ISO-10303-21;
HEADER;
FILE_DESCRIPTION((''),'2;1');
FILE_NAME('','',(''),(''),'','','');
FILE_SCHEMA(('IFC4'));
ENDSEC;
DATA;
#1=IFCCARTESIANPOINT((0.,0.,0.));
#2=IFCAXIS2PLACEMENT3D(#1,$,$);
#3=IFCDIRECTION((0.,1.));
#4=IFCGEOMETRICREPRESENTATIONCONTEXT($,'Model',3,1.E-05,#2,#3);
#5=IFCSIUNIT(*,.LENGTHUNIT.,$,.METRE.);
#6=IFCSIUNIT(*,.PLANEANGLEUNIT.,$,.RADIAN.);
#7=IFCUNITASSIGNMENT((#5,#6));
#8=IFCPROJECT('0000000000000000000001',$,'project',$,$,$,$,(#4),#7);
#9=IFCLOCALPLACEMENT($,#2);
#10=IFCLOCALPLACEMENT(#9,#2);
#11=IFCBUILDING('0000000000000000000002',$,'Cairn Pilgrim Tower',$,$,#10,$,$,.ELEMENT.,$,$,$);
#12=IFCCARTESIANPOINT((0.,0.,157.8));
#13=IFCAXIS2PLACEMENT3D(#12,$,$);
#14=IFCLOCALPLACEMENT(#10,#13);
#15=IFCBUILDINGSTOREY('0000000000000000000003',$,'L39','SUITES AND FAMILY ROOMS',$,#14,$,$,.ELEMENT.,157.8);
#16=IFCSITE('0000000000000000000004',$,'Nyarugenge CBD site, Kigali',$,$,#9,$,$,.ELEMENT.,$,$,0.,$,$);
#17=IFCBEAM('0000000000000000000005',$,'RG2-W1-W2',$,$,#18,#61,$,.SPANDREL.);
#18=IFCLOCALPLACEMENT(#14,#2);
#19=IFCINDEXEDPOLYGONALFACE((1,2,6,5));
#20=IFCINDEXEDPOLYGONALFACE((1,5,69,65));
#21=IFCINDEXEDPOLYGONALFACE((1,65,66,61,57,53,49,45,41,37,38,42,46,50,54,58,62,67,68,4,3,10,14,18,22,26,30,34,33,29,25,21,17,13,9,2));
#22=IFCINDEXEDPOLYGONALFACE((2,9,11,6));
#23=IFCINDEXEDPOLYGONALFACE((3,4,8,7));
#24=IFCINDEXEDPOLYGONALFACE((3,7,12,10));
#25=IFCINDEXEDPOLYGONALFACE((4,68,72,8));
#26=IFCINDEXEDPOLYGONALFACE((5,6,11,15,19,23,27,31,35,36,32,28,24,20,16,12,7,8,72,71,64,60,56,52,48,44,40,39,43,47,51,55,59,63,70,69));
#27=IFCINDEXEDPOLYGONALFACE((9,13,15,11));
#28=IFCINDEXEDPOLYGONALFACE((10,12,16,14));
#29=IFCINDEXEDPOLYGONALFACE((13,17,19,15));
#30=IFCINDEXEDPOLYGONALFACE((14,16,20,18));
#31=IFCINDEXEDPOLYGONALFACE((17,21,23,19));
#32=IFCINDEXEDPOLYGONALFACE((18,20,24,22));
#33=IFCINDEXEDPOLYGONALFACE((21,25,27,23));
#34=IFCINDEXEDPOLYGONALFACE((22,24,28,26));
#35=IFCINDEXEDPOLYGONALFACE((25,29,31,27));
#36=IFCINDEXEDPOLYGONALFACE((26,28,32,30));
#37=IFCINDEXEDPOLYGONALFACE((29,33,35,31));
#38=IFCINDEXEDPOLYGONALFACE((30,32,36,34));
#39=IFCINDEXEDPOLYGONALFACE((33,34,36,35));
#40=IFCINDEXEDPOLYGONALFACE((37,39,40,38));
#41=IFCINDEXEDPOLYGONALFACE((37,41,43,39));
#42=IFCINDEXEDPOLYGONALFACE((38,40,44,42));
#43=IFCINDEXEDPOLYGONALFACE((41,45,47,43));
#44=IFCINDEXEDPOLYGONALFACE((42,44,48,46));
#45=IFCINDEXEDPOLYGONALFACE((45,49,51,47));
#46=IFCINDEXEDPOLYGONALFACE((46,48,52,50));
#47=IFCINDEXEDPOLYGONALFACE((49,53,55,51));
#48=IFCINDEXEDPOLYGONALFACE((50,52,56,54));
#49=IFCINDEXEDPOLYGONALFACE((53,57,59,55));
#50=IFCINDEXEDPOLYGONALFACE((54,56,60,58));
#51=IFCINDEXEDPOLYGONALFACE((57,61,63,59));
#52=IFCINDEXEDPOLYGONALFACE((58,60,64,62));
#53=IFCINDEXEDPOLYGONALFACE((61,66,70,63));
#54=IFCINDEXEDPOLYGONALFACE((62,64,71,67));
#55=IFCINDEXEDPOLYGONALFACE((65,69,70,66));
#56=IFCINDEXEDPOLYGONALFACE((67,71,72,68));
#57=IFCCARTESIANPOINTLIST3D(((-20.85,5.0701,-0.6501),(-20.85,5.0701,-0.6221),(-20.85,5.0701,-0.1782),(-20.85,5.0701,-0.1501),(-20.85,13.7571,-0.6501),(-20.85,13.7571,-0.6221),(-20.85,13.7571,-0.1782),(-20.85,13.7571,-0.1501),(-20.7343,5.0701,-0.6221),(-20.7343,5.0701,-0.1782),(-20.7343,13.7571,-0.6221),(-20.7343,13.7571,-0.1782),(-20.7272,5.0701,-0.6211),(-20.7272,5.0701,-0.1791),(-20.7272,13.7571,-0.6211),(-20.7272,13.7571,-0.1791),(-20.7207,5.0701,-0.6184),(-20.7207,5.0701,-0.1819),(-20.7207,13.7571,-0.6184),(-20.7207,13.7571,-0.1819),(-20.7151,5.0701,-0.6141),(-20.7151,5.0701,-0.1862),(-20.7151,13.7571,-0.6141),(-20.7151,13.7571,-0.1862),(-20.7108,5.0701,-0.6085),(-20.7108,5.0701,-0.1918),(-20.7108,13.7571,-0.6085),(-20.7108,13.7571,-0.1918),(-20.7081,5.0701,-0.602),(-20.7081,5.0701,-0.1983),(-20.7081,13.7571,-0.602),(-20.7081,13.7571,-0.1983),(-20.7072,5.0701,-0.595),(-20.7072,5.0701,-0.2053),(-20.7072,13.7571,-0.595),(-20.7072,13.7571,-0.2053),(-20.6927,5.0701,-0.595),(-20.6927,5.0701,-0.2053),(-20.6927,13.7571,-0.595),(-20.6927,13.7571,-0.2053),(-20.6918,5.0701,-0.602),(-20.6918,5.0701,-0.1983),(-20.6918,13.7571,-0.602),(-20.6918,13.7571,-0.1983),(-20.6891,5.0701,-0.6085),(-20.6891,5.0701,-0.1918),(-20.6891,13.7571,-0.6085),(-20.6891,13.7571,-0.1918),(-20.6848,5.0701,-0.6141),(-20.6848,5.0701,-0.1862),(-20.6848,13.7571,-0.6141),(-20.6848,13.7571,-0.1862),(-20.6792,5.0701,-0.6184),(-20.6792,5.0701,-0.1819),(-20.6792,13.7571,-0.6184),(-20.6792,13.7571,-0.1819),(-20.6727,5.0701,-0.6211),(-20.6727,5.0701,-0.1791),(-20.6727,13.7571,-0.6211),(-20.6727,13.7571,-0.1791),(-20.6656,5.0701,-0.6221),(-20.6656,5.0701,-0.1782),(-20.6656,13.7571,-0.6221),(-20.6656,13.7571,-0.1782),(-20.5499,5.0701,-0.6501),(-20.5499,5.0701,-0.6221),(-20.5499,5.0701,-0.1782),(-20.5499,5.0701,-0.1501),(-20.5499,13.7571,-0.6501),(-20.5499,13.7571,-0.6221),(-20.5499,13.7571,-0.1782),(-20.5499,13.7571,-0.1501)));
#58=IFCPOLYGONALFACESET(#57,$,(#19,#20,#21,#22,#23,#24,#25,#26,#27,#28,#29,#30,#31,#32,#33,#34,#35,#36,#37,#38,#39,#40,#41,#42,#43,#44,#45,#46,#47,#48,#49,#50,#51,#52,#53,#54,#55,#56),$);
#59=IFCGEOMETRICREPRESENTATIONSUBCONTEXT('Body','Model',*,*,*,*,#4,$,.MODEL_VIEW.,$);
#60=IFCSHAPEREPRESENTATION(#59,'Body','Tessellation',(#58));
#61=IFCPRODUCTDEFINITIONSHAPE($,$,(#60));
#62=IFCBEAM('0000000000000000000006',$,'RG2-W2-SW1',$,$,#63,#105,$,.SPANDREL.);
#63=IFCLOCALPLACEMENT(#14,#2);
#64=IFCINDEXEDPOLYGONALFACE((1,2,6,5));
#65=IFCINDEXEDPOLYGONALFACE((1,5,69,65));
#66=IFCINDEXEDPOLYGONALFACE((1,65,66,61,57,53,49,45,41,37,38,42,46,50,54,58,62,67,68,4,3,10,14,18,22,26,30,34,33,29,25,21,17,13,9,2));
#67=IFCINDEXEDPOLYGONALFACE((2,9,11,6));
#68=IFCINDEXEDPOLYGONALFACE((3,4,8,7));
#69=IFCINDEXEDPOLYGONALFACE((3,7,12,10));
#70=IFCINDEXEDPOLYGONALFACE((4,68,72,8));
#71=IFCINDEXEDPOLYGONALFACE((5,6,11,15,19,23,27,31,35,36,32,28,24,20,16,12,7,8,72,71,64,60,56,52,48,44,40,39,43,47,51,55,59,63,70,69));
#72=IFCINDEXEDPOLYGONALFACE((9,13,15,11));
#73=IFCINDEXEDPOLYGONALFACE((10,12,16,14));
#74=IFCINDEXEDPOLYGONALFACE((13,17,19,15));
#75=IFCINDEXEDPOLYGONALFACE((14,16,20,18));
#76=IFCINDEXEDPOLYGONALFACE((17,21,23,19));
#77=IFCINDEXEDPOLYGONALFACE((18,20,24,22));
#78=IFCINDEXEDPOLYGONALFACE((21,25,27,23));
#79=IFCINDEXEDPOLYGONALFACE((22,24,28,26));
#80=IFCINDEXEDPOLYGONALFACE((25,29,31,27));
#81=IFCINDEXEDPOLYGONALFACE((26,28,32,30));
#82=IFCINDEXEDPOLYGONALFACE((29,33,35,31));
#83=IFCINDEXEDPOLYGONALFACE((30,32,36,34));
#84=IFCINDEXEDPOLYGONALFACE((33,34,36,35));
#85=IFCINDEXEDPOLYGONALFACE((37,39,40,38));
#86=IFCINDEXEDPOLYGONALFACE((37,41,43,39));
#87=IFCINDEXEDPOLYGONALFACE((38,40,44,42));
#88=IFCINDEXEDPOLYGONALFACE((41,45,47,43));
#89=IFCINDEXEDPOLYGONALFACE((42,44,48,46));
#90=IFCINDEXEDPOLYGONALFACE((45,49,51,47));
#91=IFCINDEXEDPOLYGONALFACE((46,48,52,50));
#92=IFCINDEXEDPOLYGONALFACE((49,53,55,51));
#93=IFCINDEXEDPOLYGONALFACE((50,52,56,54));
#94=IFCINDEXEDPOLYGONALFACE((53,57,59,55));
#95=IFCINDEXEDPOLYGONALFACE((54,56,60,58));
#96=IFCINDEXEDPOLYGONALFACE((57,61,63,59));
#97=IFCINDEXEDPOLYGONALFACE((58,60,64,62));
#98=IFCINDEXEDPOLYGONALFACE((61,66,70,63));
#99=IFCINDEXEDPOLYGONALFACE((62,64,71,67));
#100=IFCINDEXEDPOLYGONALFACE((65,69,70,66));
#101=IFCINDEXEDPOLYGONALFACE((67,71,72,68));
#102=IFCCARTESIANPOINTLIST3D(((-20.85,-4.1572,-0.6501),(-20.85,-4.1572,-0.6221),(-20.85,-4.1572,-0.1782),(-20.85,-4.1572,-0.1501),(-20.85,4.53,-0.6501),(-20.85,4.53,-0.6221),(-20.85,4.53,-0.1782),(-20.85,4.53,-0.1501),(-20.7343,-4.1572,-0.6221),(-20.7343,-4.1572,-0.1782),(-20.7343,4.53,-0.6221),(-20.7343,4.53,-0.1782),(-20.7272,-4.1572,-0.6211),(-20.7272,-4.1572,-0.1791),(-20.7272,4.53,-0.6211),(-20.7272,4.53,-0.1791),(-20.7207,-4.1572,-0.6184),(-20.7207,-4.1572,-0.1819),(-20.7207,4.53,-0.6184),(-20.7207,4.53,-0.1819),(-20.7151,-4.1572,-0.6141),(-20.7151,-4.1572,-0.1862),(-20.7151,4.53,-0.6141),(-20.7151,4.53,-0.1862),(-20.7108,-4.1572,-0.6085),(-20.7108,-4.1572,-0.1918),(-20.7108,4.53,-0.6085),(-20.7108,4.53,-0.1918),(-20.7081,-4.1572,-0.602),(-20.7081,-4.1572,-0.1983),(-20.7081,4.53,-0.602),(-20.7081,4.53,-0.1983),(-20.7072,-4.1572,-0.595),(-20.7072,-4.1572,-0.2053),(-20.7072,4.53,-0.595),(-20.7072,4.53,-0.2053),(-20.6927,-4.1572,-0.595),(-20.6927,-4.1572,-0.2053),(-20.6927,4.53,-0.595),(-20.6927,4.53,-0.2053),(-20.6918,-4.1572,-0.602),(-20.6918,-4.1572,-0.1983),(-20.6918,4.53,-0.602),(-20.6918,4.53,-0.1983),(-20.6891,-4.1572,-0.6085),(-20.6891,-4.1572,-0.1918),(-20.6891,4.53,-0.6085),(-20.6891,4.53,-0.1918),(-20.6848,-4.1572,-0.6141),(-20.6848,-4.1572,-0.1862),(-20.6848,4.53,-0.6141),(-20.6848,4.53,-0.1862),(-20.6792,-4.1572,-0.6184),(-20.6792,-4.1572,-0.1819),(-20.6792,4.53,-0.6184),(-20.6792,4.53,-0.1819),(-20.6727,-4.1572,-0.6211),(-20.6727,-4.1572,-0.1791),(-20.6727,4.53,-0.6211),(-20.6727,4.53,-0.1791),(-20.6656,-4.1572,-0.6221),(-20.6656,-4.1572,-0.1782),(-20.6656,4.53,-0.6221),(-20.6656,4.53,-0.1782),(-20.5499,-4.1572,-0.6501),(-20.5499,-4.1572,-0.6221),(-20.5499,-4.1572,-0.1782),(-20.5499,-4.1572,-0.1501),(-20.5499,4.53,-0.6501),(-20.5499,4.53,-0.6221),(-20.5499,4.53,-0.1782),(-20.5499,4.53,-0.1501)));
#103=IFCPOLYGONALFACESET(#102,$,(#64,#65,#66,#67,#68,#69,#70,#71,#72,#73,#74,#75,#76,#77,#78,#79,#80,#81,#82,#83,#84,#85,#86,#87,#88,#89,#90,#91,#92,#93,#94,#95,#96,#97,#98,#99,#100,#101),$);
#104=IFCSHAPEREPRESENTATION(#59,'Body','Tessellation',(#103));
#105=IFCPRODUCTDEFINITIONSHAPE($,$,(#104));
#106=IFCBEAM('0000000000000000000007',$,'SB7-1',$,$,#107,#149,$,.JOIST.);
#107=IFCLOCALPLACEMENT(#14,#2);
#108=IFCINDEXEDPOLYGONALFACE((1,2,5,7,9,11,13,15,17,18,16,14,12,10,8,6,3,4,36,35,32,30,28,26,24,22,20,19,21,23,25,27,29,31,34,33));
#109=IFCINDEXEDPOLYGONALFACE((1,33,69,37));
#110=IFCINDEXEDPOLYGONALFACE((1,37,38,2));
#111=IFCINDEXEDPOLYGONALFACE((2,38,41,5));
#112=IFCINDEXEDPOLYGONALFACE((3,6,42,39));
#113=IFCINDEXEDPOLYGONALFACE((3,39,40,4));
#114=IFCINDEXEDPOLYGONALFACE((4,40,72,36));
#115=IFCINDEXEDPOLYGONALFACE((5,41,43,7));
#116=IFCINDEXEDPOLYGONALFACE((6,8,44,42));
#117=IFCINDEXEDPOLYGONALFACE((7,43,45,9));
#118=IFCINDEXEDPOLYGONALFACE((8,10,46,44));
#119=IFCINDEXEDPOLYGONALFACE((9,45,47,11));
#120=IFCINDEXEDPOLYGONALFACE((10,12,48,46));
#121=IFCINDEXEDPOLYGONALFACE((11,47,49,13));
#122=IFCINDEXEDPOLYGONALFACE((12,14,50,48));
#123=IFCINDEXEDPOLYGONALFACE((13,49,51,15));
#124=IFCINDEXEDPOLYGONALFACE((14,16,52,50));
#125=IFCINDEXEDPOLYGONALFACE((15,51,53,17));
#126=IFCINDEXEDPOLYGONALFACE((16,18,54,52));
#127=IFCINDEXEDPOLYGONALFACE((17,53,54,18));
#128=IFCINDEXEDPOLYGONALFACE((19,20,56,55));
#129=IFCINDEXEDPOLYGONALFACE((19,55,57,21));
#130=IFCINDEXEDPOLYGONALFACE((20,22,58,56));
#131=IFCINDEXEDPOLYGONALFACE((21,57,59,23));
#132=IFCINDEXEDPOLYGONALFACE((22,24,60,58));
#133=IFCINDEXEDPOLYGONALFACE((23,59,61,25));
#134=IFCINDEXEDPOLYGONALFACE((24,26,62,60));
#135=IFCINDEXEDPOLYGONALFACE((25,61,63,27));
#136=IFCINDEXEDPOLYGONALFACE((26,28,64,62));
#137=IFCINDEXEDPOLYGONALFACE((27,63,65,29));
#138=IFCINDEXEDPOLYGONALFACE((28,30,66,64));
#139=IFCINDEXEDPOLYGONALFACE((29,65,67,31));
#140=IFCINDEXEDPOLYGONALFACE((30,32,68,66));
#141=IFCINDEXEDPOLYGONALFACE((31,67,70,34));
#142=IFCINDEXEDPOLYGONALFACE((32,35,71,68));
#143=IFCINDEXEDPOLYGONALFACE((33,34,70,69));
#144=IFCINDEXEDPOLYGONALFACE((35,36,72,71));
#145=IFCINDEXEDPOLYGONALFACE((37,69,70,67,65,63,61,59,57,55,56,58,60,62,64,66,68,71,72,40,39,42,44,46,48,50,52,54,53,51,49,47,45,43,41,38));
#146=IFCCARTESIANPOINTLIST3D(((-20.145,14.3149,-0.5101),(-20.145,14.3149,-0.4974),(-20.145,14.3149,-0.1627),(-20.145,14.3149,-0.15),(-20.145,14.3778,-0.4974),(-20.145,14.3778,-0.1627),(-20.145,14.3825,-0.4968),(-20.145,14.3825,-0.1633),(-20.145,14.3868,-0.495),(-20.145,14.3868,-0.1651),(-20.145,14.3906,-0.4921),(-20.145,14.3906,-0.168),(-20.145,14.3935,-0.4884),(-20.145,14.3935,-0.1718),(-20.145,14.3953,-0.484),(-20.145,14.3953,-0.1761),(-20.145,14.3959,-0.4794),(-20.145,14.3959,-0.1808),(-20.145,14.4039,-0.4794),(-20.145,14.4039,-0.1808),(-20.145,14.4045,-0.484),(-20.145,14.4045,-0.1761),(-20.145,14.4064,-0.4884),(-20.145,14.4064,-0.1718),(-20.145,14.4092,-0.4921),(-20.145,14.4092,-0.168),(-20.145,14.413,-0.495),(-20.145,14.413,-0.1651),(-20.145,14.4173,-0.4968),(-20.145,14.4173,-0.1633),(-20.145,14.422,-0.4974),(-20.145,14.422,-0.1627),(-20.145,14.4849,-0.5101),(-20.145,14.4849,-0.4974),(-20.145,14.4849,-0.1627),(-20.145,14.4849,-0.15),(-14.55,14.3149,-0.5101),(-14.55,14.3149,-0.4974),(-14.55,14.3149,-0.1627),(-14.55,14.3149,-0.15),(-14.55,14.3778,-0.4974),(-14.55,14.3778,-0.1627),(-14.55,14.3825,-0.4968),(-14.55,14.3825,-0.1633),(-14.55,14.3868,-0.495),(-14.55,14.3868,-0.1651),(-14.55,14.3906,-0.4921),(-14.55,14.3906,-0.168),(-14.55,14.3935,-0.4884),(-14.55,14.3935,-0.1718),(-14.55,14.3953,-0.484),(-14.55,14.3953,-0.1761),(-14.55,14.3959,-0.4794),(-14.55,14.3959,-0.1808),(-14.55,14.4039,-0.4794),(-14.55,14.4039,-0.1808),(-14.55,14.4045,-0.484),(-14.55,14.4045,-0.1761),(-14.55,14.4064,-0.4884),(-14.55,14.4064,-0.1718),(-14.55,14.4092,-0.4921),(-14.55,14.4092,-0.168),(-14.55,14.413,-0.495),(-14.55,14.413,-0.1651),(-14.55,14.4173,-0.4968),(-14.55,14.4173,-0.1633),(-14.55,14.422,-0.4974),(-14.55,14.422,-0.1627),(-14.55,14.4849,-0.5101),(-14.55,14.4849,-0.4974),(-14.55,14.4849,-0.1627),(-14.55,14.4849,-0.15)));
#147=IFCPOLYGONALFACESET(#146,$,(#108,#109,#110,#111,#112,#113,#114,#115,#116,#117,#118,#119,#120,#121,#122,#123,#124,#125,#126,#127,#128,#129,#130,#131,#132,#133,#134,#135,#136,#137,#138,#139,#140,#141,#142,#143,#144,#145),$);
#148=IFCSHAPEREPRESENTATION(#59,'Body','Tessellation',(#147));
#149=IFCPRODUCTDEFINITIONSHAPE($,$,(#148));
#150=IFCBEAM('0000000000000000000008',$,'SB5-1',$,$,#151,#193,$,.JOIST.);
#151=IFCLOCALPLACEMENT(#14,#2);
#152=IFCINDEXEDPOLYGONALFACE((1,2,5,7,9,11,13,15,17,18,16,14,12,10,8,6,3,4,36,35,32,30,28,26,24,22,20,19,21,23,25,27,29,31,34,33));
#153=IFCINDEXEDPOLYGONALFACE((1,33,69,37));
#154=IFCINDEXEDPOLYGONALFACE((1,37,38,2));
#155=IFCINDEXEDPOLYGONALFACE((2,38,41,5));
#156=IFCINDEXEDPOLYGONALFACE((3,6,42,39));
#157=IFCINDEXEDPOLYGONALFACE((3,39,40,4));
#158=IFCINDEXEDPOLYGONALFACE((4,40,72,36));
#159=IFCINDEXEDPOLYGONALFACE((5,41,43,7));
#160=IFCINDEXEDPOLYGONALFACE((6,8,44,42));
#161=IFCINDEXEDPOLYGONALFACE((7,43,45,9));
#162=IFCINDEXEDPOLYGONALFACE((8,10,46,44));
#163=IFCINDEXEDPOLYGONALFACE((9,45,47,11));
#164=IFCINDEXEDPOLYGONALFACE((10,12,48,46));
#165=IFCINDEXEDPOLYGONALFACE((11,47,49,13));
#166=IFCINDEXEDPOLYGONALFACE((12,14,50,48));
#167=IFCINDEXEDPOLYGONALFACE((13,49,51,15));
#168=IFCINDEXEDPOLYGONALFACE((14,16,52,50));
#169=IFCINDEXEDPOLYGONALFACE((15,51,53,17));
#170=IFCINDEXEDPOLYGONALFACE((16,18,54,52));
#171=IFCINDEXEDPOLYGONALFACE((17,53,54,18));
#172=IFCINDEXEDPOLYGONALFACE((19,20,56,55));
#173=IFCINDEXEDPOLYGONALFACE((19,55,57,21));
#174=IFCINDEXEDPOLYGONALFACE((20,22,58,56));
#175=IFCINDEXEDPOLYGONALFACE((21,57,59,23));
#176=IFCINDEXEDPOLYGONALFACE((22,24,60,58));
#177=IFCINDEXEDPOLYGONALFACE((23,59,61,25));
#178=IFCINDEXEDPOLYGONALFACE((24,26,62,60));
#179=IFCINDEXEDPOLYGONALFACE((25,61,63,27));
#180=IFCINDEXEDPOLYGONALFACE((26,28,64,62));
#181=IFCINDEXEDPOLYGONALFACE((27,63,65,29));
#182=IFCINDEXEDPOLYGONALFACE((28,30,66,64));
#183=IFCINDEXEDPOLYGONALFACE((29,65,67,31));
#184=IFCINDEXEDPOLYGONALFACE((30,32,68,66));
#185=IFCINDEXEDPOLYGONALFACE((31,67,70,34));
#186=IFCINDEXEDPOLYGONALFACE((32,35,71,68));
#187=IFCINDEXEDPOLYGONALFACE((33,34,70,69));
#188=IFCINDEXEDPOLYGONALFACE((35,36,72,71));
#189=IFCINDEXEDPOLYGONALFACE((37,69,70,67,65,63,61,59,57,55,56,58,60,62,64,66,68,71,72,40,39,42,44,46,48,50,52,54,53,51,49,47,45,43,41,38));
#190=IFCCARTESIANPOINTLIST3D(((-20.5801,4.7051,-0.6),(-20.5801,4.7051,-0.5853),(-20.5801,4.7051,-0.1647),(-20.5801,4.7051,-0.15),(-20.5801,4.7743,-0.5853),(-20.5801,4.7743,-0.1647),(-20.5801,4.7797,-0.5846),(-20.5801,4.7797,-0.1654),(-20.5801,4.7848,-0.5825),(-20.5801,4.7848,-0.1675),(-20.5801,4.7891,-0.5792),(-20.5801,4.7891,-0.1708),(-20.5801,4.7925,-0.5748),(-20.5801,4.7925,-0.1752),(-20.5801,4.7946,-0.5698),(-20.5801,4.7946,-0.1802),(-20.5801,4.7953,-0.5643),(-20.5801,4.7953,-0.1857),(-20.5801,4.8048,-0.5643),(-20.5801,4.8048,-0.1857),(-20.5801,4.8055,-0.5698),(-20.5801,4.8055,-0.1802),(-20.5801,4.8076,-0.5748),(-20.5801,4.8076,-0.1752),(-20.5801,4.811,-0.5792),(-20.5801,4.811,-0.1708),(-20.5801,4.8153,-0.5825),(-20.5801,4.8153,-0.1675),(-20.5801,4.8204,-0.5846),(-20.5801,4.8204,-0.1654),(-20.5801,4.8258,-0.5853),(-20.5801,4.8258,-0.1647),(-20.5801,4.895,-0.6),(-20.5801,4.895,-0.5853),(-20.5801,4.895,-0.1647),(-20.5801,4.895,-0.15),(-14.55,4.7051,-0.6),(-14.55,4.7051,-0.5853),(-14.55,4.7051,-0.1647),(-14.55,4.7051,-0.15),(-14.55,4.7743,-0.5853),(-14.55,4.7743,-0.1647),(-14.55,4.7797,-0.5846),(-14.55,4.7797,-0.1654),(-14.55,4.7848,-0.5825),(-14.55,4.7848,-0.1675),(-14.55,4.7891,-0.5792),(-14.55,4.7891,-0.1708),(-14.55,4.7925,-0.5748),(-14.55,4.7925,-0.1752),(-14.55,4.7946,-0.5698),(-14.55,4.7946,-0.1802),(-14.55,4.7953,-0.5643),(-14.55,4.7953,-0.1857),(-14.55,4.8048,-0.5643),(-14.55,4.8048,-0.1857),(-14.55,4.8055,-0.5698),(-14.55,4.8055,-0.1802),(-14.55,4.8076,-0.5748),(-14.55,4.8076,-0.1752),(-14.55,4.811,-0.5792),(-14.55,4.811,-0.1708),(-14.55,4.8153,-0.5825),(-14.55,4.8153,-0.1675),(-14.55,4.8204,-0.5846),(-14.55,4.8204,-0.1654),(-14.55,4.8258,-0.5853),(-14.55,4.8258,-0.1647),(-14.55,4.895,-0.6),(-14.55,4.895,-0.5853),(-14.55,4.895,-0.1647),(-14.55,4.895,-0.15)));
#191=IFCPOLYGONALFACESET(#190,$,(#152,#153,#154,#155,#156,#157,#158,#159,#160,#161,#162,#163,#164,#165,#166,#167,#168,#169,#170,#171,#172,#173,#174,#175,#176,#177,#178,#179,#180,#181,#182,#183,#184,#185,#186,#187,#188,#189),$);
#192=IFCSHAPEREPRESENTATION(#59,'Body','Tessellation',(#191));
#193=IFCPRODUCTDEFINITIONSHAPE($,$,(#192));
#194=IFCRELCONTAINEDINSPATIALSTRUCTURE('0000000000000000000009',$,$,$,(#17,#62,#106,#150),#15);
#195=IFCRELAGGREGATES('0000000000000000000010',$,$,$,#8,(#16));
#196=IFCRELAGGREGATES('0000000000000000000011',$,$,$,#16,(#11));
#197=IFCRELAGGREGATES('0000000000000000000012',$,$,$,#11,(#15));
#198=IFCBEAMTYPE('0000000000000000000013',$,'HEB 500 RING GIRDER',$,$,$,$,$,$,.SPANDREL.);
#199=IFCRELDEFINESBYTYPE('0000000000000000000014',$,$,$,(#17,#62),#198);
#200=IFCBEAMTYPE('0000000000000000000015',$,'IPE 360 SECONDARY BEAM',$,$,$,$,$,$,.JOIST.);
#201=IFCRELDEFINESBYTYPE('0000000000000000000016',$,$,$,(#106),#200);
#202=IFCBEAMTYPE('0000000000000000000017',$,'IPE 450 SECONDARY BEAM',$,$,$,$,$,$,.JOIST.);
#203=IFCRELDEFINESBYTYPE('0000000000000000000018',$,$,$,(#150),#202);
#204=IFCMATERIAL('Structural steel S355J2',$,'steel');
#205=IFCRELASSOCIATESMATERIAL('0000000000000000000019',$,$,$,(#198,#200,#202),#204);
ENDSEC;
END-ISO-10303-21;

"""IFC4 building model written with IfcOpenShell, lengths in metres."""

from ifc_helpers import new_model, si_unit, direction, frame, origin, origin_2d, place, context, subcontext, project, spatial, i_section, extrude, material, material_profile, profile_set, type_object, element, save


model = new_model("IFC4")

# Units and contexts
model_context = context("Model", 3, precision=1e-05, world=origin(), true_north=direction((0.0, 1.0)))
body_context = subcontext(model_context, "Body", "Model", "MODEL_VIEW")
ifc_project = project(units=[si_unit("LENGTHUNIT", "METRE"), si_unit("PLANEANGLEUNIT", "RADIAN")], contexts=[model_context])

# Site, building, storey
site_placement = place(None, origin())
site = spatial("IfcSite", under=ifc_project, at=site_placement, Name="Nyarugenge CBD site, Kigali", CompositionType="ELEMENT", RefElevation=0.0)
building_placement = place(site_placement, origin())
building = spatial("IfcBuilding", under=site, at=building_placement, Name="Cairn Pilgrim Tower", CompositionType="ELEMENT")
storey_placement = place(building_placement, frame((0.0, 0.0, 157.8)))
storey = spatial("IfcBuildingStorey", under=building, at=storey_placement, Name="L39", Description="SUITES AND FAMILY ROOMS", CompositionType="ELEMENT", Elevation=157.8)

# Shared definitions
ifc_material_1 = material(Name="Structural steel S355J2", Category="steel")

# Beams
ifc_material_profile_1 = material_profile(ifc_material_1, i_section(OverallWidth=0.3, OverallDepth=0.5, WebThickness=0.0144, FlangeThickness=0.0281, FilletRadius=0.0271, at=origin_2d()), Name="HEB 500")
ifc_profile_set_1 = profile_set([ifc_material_profile_1], Name="Structural steel S355J2")
beam_type_1 = type_object("IfcBeamType", Name="HEB 500 RING GIRDER", PredefinedType="SPANDREL", material=ifc_profile_set_1)
beam_1_placement = place(storey_placement, frame((-20.7, 13.7571, -0.4001), z_axis=(0.0, -1.0, 0.0), x_axis=(1.0, 0.0, 0.0)))
element("IfcBeam", 1, at=beam_1_placement, inside=storey, type_object=beam_type_1, Name="RG2-W1-W2", PredefinedType="SPANDREL", context=body_context, shape_type="SweptSolid", body=[
    extrude(i_section(OverallWidth=0.3, OverallDepth=0.5, WebThickness=0.0144, FlangeThickness=0.0281, FilletRadius=0.0271, at=origin_2d()), origin(), (0.0, 0.0, 1.0), 8.687),
])
beam_2_placement = place(storey_placement, frame((-20.7, 4.53, -0.4001), z_axis=(0.0, -1.0, 0.0), x_axis=(1.0, 0.0, 0.0)))
element("IfcBeam", 2, at=beam_2_placement, inside=storey, type_object=beam_type_1, Name="RG2-W2-SW1", PredefinedType="SPANDREL", context=body_context, shape_type="SweptSolid", body=[
    extrude(i_section(OverallWidth=0.3, OverallDepth=0.5, WebThickness=0.0144, FlangeThickness=0.0281, FilletRadius=0.0271, at=origin_2d()), origin(), (0.0, 0.0, 1.0), 8.6873),
])
ifc_material_profile_2 = material_profile(ifc_material_1, i_section(OverallWidth=0.1699, OverallDepth=0.3601, WebThickness=0.0081, FlangeThickness=0.0127, FilletRadius=0.0181, at=origin_2d()), Name="IPE 360")
ifc_profile_set_2 = profile_set([ifc_material_profile_2], Name="Structural steel S355J2")
beam_type_2 = type_object("IfcBeamType", Name="IPE 360 SECONDARY BEAM", PredefinedType="JOIST", material=ifc_profile_set_2)
beam_3_placement = place(storey_placement, frame((-20.145, 14.3999, -0.3301), z_axis=(1.0, 0.0, 0.0), x_axis=(0.0, 1.0, 0.0)))
element("IfcBeam", 3, at=beam_3_placement, inside=storey, type_object=beam_type_2, Name="SB7-1", PredefinedType="JOIST", context=body_context, shape_type="SweptSolid", body=[
    extrude(i_section(OverallWidth=0.1699, OverallDepth=0.3601, WebThickness=0.0081, FlangeThickness=0.0127, FilletRadius=0.0181, at=origin_2d()), origin(), (0.0, 0.0, 1.0), 5.595),
])
ifc_material_profile_3 = material_profile(ifc_material_1, i_section(OverallWidth=0.1899, OverallDepth=0.45, WebThickness=0.0095, FlangeThickness=0.0146, FilletRadius=0.021, at=origin_2d()), Name="IPE 450")
ifc_profile_set_3 = profile_set([ifc_material_profile_3], Name="Structural steel S355J2")
beam_type_3 = type_object("IfcBeamType", Name="IPE 450 SECONDARY BEAM", PredefinedType="JOIST", material=ifc_profile_set_3)
for number, where, z_axis, x_axis, name in (
    (4, (-20.5801, 4.8, -0.375), (1.0, 0.0, 0.0), (0.0, 1.0, 0.0), "SB5-1"),
):
    element("IfcBeam", number, at=place(storey_placement, frame(where, z_axis=z_axis, x_axis=x_axis)), inside=storey, type_object=beam_type_3, Name=name, PredefinedType="JOIST", context=body_context, shape_type="SweptSolid", body=[
        extrude(i_section(OverallWidth=0.1899, OverallDepth=0.45, WebThickness=0.0095, FlangeThickness=0.0146, FilletRadius=0.021, at=origin_2d()), origin(), (0.0, 0.0, 1.0), 6.03),
    ])

save(model, "model.ifc")
